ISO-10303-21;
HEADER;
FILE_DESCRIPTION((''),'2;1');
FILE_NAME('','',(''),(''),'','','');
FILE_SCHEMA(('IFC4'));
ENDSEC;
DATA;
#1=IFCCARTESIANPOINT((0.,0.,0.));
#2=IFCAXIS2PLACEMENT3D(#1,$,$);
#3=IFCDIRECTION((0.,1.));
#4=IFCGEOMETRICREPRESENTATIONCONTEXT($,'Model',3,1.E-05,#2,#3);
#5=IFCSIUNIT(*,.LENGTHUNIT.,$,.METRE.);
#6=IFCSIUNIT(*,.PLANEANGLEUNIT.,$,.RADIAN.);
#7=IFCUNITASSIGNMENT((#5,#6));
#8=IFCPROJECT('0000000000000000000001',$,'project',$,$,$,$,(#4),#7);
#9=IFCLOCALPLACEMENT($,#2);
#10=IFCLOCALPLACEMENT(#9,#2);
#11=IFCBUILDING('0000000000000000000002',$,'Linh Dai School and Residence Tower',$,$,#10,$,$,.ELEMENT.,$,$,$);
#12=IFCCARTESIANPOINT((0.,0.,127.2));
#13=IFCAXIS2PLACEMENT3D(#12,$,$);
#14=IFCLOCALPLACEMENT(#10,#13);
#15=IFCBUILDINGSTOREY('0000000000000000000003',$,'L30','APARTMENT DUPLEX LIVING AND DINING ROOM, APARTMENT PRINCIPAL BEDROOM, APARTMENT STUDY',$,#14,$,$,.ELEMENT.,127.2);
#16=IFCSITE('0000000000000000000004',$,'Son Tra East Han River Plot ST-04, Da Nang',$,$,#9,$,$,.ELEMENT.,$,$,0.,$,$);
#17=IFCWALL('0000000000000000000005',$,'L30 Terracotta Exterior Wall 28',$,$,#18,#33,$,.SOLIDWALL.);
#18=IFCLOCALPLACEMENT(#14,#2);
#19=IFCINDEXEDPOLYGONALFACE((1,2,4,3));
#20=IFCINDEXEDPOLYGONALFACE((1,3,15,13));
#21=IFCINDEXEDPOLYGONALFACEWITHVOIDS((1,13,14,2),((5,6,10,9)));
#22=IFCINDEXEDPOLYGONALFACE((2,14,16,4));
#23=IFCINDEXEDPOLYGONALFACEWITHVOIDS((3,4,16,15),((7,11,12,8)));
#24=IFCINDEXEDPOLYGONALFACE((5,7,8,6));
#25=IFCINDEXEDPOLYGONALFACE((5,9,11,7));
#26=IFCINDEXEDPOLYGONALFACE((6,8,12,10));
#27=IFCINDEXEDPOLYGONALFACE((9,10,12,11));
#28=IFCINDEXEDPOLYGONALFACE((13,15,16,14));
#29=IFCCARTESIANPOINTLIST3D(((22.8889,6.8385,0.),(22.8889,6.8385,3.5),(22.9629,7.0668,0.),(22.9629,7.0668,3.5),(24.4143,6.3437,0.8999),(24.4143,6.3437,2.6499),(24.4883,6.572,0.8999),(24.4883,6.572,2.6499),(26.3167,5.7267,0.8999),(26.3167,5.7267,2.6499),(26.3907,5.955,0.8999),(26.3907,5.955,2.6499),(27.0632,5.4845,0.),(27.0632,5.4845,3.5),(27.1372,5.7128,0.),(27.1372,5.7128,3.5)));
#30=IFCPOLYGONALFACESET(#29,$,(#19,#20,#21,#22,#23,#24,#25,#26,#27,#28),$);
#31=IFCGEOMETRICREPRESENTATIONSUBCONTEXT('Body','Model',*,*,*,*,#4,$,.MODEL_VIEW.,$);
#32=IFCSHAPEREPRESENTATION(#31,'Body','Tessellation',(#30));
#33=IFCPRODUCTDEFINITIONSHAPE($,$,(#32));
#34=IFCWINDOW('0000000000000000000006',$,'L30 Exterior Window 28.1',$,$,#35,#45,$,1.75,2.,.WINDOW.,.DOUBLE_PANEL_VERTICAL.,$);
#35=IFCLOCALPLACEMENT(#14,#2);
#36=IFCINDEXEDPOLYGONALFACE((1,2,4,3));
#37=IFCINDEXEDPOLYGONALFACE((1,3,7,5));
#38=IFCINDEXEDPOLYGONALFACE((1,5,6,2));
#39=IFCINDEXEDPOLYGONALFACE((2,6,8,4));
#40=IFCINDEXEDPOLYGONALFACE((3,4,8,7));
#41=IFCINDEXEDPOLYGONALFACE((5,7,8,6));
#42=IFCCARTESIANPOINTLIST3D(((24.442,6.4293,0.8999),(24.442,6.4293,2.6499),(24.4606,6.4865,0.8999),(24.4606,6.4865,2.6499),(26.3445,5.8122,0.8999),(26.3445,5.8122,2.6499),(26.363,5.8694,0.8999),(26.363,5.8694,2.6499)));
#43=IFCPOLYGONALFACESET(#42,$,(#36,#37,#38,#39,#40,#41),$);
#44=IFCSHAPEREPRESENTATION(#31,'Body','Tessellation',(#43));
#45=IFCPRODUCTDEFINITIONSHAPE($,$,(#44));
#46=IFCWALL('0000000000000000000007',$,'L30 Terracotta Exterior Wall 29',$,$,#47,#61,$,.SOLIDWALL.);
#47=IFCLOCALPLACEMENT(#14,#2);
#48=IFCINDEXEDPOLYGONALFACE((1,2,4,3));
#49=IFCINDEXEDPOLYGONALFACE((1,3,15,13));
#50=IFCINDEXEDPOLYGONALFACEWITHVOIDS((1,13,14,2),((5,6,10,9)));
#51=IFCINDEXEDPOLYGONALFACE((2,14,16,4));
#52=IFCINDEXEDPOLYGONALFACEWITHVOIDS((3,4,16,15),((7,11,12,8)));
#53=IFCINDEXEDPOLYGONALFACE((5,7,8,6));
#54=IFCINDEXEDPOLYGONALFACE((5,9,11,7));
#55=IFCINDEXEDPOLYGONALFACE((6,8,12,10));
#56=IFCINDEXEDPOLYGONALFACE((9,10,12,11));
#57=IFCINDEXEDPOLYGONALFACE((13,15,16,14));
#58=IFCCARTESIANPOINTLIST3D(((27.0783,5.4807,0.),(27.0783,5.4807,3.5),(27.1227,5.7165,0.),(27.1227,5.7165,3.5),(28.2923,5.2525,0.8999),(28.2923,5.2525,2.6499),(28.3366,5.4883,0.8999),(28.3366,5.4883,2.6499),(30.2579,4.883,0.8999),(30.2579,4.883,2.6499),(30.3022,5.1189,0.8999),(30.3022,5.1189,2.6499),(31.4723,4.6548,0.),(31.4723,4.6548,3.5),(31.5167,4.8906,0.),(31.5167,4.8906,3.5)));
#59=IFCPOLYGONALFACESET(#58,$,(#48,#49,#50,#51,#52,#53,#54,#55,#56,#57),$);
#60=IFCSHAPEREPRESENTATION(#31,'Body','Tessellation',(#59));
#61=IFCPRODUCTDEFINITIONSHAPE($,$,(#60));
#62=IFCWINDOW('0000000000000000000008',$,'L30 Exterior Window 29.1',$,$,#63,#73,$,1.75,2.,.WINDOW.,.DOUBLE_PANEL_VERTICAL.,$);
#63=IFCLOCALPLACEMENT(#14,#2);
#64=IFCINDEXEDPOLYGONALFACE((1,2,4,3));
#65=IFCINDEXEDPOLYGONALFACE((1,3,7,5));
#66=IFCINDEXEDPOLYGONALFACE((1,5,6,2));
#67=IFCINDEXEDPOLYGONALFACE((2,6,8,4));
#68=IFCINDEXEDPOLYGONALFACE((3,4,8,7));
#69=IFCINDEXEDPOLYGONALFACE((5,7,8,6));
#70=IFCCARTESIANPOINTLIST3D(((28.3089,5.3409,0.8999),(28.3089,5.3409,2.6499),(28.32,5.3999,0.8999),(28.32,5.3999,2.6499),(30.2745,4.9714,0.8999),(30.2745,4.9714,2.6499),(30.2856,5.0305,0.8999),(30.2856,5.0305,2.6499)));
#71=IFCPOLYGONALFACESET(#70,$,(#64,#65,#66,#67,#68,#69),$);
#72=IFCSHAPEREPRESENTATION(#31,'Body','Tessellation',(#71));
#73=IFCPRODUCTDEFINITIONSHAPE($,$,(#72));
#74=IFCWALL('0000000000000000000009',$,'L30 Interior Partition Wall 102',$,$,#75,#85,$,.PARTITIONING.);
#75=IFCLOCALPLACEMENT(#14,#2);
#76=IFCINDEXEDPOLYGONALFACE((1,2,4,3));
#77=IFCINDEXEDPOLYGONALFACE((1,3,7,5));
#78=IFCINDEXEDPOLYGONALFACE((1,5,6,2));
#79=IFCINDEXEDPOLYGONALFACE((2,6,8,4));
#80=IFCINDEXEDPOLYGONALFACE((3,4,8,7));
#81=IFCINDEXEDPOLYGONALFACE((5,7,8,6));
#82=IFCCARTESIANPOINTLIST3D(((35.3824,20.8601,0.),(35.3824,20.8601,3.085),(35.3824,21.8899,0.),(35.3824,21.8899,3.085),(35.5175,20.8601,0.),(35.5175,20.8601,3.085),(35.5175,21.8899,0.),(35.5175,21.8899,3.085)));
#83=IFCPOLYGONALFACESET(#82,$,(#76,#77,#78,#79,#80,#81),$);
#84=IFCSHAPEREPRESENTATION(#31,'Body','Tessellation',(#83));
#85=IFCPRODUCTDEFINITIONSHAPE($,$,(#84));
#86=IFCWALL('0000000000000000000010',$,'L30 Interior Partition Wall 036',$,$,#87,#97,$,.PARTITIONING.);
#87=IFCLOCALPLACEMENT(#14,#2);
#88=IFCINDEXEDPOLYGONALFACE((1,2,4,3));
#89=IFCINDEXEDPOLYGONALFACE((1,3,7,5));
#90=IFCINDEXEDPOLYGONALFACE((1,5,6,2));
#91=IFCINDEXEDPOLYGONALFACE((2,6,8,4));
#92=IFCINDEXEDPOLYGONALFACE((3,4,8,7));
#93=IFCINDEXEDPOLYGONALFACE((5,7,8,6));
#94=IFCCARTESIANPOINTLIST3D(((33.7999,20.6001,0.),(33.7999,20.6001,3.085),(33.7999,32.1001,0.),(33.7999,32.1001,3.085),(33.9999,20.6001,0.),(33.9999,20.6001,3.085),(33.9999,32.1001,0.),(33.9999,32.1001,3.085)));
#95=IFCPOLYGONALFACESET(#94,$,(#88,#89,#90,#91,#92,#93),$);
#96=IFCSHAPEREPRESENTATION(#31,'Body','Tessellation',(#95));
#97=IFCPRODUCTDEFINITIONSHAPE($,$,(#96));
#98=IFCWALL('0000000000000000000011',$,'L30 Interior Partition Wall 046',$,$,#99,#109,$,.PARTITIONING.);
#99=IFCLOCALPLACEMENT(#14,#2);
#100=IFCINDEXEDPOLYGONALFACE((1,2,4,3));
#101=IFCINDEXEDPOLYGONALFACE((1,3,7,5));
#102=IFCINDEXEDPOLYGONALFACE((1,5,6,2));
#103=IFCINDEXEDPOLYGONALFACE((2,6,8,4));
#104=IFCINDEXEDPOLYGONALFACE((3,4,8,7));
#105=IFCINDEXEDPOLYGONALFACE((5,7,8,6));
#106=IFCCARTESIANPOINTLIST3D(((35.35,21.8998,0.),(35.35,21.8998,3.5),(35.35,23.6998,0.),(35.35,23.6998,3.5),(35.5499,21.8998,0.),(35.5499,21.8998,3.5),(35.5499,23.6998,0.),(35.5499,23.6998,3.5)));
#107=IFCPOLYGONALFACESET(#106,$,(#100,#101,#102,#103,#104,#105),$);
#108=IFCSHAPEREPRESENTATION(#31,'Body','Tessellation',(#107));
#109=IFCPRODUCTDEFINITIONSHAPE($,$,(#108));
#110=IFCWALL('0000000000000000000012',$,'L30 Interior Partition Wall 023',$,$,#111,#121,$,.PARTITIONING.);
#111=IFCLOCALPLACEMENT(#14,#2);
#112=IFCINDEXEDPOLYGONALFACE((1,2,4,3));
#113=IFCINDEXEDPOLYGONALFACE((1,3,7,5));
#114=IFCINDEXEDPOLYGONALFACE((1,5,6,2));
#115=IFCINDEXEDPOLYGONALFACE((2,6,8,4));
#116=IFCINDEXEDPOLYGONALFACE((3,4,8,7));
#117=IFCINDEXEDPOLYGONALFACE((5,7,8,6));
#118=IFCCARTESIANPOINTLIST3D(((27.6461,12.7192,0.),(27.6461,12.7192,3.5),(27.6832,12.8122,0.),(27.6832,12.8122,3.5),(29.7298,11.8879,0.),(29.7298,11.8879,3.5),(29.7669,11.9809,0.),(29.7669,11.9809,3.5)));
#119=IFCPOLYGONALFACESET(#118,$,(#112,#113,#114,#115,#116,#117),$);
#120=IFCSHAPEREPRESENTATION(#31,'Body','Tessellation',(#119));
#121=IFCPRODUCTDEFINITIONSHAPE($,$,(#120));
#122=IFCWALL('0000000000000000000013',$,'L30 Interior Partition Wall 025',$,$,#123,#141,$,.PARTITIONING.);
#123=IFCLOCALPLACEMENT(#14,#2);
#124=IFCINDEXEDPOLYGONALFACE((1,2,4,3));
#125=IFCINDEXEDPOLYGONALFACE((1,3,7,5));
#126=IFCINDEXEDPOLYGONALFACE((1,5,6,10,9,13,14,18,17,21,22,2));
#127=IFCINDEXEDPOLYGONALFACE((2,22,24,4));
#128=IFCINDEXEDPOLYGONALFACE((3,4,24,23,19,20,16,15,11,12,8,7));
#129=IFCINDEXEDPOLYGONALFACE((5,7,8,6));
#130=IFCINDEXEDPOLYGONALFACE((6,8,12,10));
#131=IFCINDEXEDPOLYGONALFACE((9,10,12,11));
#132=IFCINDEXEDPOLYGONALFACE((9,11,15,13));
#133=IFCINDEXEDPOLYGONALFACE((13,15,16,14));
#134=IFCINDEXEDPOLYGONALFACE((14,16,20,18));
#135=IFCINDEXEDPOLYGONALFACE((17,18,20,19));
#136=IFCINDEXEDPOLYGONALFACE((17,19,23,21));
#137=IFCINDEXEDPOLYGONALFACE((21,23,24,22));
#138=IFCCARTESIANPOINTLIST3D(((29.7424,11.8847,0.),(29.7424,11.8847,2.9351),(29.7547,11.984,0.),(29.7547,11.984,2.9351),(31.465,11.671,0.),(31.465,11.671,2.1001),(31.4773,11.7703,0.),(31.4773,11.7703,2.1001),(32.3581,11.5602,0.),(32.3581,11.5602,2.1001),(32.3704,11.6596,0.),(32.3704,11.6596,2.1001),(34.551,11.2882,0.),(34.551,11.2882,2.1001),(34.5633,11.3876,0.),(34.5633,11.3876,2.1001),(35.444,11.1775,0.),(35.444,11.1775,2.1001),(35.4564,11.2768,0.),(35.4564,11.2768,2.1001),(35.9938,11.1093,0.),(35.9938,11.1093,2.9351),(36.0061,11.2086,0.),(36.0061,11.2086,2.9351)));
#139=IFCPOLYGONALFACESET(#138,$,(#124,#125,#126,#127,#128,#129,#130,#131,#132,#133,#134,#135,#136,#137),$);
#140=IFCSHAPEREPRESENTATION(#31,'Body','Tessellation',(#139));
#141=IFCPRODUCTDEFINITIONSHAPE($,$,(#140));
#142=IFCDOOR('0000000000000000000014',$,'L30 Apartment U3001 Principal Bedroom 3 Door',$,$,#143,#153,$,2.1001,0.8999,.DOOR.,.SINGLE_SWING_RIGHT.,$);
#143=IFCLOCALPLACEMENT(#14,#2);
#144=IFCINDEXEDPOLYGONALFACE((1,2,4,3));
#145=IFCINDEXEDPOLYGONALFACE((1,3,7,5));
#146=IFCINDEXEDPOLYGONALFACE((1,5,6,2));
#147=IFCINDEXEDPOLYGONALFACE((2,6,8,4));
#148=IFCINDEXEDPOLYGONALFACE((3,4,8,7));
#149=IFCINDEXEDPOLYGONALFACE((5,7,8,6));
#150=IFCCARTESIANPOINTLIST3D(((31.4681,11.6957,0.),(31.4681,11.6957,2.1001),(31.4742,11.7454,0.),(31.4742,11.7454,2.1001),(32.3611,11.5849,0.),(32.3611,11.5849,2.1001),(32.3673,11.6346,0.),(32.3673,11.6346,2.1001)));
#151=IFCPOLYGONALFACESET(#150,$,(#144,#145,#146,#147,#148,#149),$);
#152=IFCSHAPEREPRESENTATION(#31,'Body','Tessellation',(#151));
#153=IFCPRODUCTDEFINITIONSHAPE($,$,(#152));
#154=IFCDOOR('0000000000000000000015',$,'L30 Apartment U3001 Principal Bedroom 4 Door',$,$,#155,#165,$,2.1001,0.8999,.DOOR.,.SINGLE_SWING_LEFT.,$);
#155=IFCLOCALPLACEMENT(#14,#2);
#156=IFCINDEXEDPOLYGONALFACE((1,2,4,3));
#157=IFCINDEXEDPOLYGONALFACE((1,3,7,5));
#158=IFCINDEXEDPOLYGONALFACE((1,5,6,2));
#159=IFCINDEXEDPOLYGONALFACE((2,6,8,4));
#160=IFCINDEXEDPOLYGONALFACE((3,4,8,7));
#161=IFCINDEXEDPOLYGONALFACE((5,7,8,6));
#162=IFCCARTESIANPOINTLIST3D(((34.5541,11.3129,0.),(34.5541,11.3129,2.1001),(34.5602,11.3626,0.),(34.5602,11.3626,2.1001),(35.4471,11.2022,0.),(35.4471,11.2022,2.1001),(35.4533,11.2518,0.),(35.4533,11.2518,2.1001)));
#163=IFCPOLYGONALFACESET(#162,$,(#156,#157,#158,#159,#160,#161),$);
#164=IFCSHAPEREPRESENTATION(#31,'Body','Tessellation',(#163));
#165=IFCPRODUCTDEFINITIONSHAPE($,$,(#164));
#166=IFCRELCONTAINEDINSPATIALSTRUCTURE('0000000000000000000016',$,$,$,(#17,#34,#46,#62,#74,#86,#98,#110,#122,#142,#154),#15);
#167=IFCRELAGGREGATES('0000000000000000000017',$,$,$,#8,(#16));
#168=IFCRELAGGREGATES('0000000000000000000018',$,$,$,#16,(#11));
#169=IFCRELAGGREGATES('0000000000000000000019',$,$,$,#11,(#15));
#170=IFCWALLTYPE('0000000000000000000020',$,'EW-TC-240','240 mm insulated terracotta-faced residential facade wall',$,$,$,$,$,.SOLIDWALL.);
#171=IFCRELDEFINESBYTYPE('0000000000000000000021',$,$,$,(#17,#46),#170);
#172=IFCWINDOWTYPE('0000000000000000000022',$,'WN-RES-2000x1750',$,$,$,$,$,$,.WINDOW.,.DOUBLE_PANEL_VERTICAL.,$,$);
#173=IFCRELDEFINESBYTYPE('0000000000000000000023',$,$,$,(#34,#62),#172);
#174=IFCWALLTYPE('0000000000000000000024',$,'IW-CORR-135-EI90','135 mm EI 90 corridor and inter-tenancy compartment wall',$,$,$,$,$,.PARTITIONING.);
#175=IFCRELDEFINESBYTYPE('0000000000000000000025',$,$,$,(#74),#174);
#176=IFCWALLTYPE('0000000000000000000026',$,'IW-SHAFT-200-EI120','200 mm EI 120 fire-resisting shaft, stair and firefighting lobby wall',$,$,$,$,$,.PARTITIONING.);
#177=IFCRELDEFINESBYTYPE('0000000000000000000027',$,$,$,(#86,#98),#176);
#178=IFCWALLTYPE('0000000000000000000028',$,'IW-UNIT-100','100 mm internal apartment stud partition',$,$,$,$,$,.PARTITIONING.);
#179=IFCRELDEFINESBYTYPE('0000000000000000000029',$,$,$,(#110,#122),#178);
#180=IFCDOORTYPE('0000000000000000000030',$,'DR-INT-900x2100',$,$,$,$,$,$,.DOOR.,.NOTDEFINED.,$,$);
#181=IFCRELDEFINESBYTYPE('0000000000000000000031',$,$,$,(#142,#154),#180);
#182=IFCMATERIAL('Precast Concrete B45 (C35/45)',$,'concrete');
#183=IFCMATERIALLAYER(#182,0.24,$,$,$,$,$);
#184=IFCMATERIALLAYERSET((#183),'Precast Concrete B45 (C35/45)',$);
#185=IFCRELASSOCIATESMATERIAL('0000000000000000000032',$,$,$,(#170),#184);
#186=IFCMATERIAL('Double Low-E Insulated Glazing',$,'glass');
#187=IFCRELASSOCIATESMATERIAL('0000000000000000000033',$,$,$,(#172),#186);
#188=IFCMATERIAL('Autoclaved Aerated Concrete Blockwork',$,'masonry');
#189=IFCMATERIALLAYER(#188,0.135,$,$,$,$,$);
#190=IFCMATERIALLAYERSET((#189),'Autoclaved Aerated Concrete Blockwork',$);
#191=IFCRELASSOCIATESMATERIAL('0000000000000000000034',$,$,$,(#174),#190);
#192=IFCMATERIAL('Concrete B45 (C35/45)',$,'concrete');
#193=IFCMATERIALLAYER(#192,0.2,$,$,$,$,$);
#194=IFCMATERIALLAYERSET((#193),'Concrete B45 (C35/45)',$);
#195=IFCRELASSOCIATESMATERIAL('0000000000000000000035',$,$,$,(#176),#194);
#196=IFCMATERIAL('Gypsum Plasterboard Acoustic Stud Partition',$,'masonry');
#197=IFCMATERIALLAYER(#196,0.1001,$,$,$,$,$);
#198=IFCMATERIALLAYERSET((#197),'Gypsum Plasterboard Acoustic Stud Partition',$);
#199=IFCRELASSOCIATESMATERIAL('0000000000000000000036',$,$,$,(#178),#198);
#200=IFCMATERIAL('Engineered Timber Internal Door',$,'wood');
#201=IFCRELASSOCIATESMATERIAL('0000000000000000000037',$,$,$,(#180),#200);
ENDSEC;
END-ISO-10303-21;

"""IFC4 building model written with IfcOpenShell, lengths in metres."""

from ifc_helpers import new_model, si_unit, direction, frame, frame_2d, origin, origin_2d, place, context, subcontext, project, spatial, rectangle, extrude, source, transform, mapped, material, layer, layer_set, type_object, element, fill, save


model = new_model("IFC4")

# Units and contexts
model_context = context("Model", 3, precision=1e-05, world=origin(), true_north=direction((0.0, 1.0)))
body_context = subcontext(model_context, "Body", "Model", "MODEL_VIEW")
ifc_project = project(units=[si_unit("LENGTHUNIT", "METRE"), si_unit("PLANEANGLEUNIT", "RADIAN")], contexts=[model_context])

# Site, building, storey
site_placement = place(None, origin())
site = spatial("IfcSite", under=ifc_project, at=site_placement, Name="Son Tra East Han River Plot ST-04, Da Nang", CompositionType="ELEMENT", RefElevation=0.0)
building_placement = place(site_placement, origin())
building = spatial("IfcBuilding", under=site, at=building_placement, Name="Linh Dai School and Residence Tower", CompositionType="ELEMENT")
storey_placement = place(building_placement, frame((0.0, 0.0, 127.2)))
storey = spatial("IfcBuildingStorey", under=building, at=storey_placement, Name="L30", Description="APARTMENT DUPLEX LIVING AND DINING ROOM, APARTMENT PRINCIPAL BEDROOM, APARTMENT STUDY", CompositionType="ELEMENT", Elevation=127.2)

# Shared definitions
ifc_material_1 = material(Name="Precast Concrete B45 (C35/45)", Category="concrete")

# Walls, openings, windows
ifc_layer_1 = layer(ifc_material_1, 0.24)
ifc_layer_set_1 = layer_set([ifc_layer_1], Name="Precast Concrete B45 (C35/45)")
wall_type_1 = type_object("IfcWallType", Name="EW-TC-240", Description="240 mm insulated terracotta-faced residential facade wall", PredefinedType="SOLIDWALL", material=ifc_layer_set_1)
wall_1_placement = place(storey_placement, frame((27.1003, 5.5986, 0.0), z_axis=(0.0, 0.0, 1.0), x_axis=(-0.951211, 0.30854, 0.0)))
wall_1 = element("IfcWall", 1, at=wall_1_placement, inside=storey, type_object=wall_type_1, Name="L30 Terracotta Exterior Wall 28", PredefinedType="SOLIDWALL", context=body_context, shape_type="SweptSolid", body=[
    extrude(rectangle(XDim=4.3884, YDim=0.24, at=frame_2d((2.1943, 0.0))), origin(), (0.0, 0.0, 1.0), 3.5),
])
opening_1_placement = place(wall_1_placement, frame((0.7849, 0.0, 0.8999)))
opening_1 = element("IfcOpeningElement", 2, at=opening_1_placement, cuts=wall_1, PredefinedType="OPENING", context=body_context, shape_type="SweptSolid", body=[
    extrude(rectangle(XDim=2.0, YDim=1.75, at=origin_2d()), frame((1.0, 0.1299, 0.875), z_axis=(0.0, -1.0, 0.0), x_axis=(1.0, 0.0, 0.0)), (0.0, 0.0, 1.0), 0.26),
])
ifc_material_2 = material(Name="Double Low-E Insulated Glazing", Category="glass")
window_type = type_object("IfcWindowType", Name="WN-RES-2000x1750", PartitioningType="DOUBLE_PANEL_VERTICAL", PredefinedType="WINDOW", material=ifc_material_2)
shared_shape_1 = source(origin(), body_context, "Body", "SweptSolid", [
    extrude(rectangle(XDim=2.0, YDim=1.75, at=origin_2d()), frame((1.0, 0.03, 0.875), z_axis=(0.0, -1.0, 0.0), x_axis=(1.0, 0.0, 0.0)), (0.0, 0.0, 1.0), 0.0601),
])
window_1_placement = place(opening_1_placement, origin())
window_1 = element("IfcWindow", 3, at=window_1_placement, inside=storey, type_object=window_type, Name="L30 Exterior Window 28.1", OverallHeight=1.75, OverallWidth=2.0, PartitioningType="DOUBLE_PANEL_VERTICAL", PredefinedType="WINDOW", context=body_context, shape_type="MappedRepresentation", body=[
    mapped(shared_shape_1, transform((0.0, 0.0, 0.0), x_axis=(1.0, 0.0, 0.0), y_axis=(0.0, 1.0, 0.0), z_axis=(0.0, 0.0, 1.0), scale=1.0)),
])
fill(opening_1, window_1)
wall_2_placement = place(storey_placement, frame((31.4944, 4.7727, 0.0), z_axis=(0.0, 0.0, 1.0), x_axis=(-0.982789, 0.18473, 0.0)))
wall_2 = element("IfcWall", 4, at=wall_2_placement, inside=storey, type_object=wall_type_1, Name="L30 Terracotta Exterior Wall 29", PredefinedType="SOLIDWALL", context=body_context, shape_type="SweptSolid", body=[
    extrude(rectangle(XDim=4.4709, YDim=0.24, at=frame_2d((2.2354, 0.0))), origin(), (0.0, 0.0, 1.0), 3.5),
])
opening_2_placement = place(wall_2_placement, frame((1.2356, 0.0, 0.8999)))
opening_2 = element("IfcOpeningElement", 5, at=opening_2_placement, cuts=wall_2, PredefinedType="OPENING", context=body_context, shape_type="SweptSolid", body=[
    extrude(rectangle(XDim=2.0, YDim=1.75, at=origin_2d()), frame((1.0, 0.1299, 0.875), z_axis=(0.0, -1.0, 0.0), x_axis=(1.0, 0.0, 0.0)), (0.0, 0.0, 1.0), 0.26),
])
window_2_placement = place(opening_2_placement, origin())
window_2 = element("IfcWindow", 6, at=window_2_placement, inside=storey, type_object=window_type, Name="L30 Exterior Window 29.1", OverallHeight=1.75, OverallWidth=2.0, PartitioningType="DOUBLE_PANEL_VERTICAL", PredefinedType="WINDOW", context=body_context, shape_type="MappedRepresentation", body=[
    mapped(shared_shape_1, transform((0.0, 0.0, 0.0), x_axis=(1.0, 0.0, 0.0), y_axis=(0.0, 1.0, 0.0), z_axis=(0.0, 0.0, 1.0), scale=1.0)),
])
fill(opening_2, window_2)

# Walls
ifc_material_3 = material(Name="Autoclaved Aerated Concrete Blockwork", Category="masonry")
ifc_layer_2 = layer(ifc_material_3, 0.135)
ifc_layer_set_2 = layer_set([ifc_layer_2], Name="Autoclaved Aerated Concrete Blockwork")
wall_type_2 = type_object("IfcWallType", Name="IW-CORR-135-EI90", Description="135 mm EI 90 corridor and inter-tenancy compartment wall", PredefinedType="PARTITIONING", material=ifc_layer_set_2)
wall_3_placement = place(storey_placement, frame((35.45, 21.8899, 0.0), z_axis=(0.0, 0.0, 1.0), x_axis=(0.0, -1.0, 0.0)))
element("IfcWall", 7, at=wall_3_placement, inside=storey, type_object=wall_type_2, Name="L30 Interior Partition Wall 102", PredefinedType="PARTITIONING", context=body_context, shape_type="SweptSolid", body=[
    extrude(rectangle(XDim=1.0298, YDim=0.135, at=frame_2d((0.5149, 0.0))), origin(), (0.0, 0.0, 1.0), 3.085),
])
ifc_material_4 = material(Name="Concrete B45 (C35/45)", Category="concrete")
ifc_layer_3 = layer(ifc_material_4, 0.2)
ifc_layer_set_3 = layer_set([ifc_layer_3], Name="Concrete B45 (C35/45)")
wall_type_3 = type_object("IfcWallType", Name="IW-SHAFT-200-EI120", Description="200 mm EI 120 fire-resisting shaft, stair and firefighting lobby wall", PredefinedType="PARTITIONING", material=ifc_layer_set_3)
wall_4_placement = place(storey_placement, frame((33.8999, 20.6001, 0.0), z_axis=(0.0, 0.0, 1.0), x_axis=(0.0, 1.0, 0.0)))
element("IfcWall", 8, at=wall_4_placement, inside=storey, type_object=wall_type_3, Name="L30 Interior Partition Wall 036", PredefinedType="PARTITIONING", context=body_context, shape_type="SweptSolid", body=[
    extrude(rectangle(XDim=11.5, YDim=0.2, at=frame_2d((5.75, 0.0))), origin(), (0.0, 0.0, 1.0), 3.085),
])
wall_5_placement = place(storey_placement, frame((35.45, 21.8999, 0.0), z_axis=(0.0, 0.0, 1.0), x_axis=(0.0, 1.0, 0.0)))
element("IfcWall", 9, at=wall_5_placement, inside=storey, type_object=wall_type_3, Name="L30 Interior Partition Wall 046", PredefinedType="PARTITIONING", context=body_context, shape_type="SweptSolid", body=[
    extrude(rectangle(XDim=1.8, YDim=0.2, at=frame_2d((0.8999, 0.0))), origin(), (0.0, 0.0, 1.0), 3.5),
])

# Wall
ifc_material_5 = material(Name="Gypsum Plasterboard Acoustic Stud Partition", Category="masonry")
ifc_layer_4 = layer(ifc_material_5, 0.1001)
ifc_layer_set_4 = layer_set([ifc_layer_4], Name="Gypsum Plasterboard Acoustic Stud Partition")
wall_type_4 = type_object("IfcWallType", Name="IW-UNIT-100", Description="100 mm internal apartment stud partition", PredefinedType="PARTITIONING", material=ifc_layer_set_4)
wall_6_placement = place(storey_placement, frame((27.6648, 12.7656, 0.0), z_axis=(0.0, 0.0, 1.0), x_axis=(0.928814, -0.370546, 0.0)))
element("IfcWall", 10, at=wall_6_placement, inside=storey, type_object=wall_type_4, Name="L30 Interior Partition Wall 023", PredefinedType="PARTITIONING", context=body_context, shape_type="SweptSolid", body=[
    extrude(rectangle(XDim=2.2434, YDim=0.1001, at=frame_2d((1.1216, 0.0))), origin(), (0.0, 0.0, 1.0), 3.5),
])

# Wall, openings, doors
wall_7_placement = place(storey_placement, frame((29.7485, 11.9343, 0.0), z_axis=(0.0, 0.0, 1.0), x_axis=(0.992395, -0.12309, 0.0)))
wall_7 = element("IfcWall", 11, at=wall_7_placement, inside=storey, type_object=wall_type_4, Name="L30 Interior Partition Wall 025", PredefinedType="PARTITIONING", context=body_context, shape_type="SweptSolid", body=[
    extrude(rectangle(XDim=6.2993, YDim=0.1001, at=frame_2d((3.1497, 0.0))), origin(), (0.0, 0.0, 1.0), 2.9351),
])
opening_3_placement = place(wall_7_placement, frame((1.7358, 0.0, 0.0)))
opening_3 = element("IfcOpeningElement", 12, at=opening_3_placement, cuts=wall_7, PredefinedType="OPENING", context=body_context, shape_type="SweptSolid", body=[
    extrude(rectangle(XDim=0.8999, YDim=2.1001, at=origin_2d()), frame((0.45, 0.0601, 1.05), z_axis=(0.0, -1.0, 0.0), x_axis=(1.0, 0.0, 0.0)), (0.0, 0.0, 1.0), 0.1201),
])
opening_4_placement = place(wall_7_placement, frame((4.8455, 0.0, 0.0)))
opening_4 = element("IfcOpeningElement", 13, at=opening_4_placement, cuts=wall_7, PredefinedType="OPENING", context=body_context, shape_type="SweptSolid", body=[
    extrude(rectangle(XDim=0.8999, YDim=2.1001, at=origin_2d()), frame((0.45, 0.0601, 1.05), z_axis=(0.0, -1.0, 0.0), x_axis=(1.0, 0.0, 0.0)), (0.0, 0.0, 1.0), 0.1201),
])
ifc_material_6 = material(Name="Engineered Timber Internal Door", Category="wood")
door_type_1 = type_object("IfcDoorType", Name="DR-INT-900x2100", OperationType="NOTDEFINED", PredefinedType="DOOR", material=ifc_material_6)
shared_shape_2 = source(origin(), body_context, "Body", "SweptSolid", [
    extrude(rectangle(XDim=0.8999, YDim=2.1001, at=origin_2d()), frame((0.45, 0.0249, 1.05), z_axis=(0.0, -1.0, 0.0), x_axis=(1.0, 0.0, 0.0)), (0.0, 0.0, 1.0), 0.05),
])
door_1_placement = place(opening_3_placement, origin())
door_1 = element("IfcDoor", 14, at=door_1_placement, inside=storey, type_object=door_type_1, Name="L30 Apartment U3001 Principal Bedroom 3 Door", OperationType="SINGLE_SWING_RIGHT", OverallHeight=2.1001, OverallWidth=0.8999, PredefinedType="DOOR", context=body_context, shape_type="MappedRepresentation", body=[
    mapped(shared_shape_2, transform((0.0, 0.0, 0.0), x_axis=(1.0, 0.0, 0.0), y_axis=(0.0, 1.0, 0.0), z_axis=(0.0, 0.0, 1.0), scale=1.0)),
])
fill(opening_3, door_1)
door_2_placement = place(opening_4_placement, origin())
door_2 = element("IfcDoor", 15, at=door_2_placement, inside=storey, type_object=door_type_1, Name="L30 Apartment U3001 Principal Bedroom 4 Door", OperationType="SINGLE_SWING_LEFT", OverallHeight=2.1001, OverallWidth=0.8999, PredefinedType="DOOR", context=body_context, shape_type="MappedRepresentation", body=[
    mapped(shared_shape_2, transform((0.0, 0.0, 0.0), x_axis=(1.0, 0.0, 0.0), y_axis=(0.0, 1.0, 0.0), z_axis=(0.0, 0.0, 1.0), scale=1.0)),
])
fill(opening_4, door_2)

save(model, "model.ifc")
